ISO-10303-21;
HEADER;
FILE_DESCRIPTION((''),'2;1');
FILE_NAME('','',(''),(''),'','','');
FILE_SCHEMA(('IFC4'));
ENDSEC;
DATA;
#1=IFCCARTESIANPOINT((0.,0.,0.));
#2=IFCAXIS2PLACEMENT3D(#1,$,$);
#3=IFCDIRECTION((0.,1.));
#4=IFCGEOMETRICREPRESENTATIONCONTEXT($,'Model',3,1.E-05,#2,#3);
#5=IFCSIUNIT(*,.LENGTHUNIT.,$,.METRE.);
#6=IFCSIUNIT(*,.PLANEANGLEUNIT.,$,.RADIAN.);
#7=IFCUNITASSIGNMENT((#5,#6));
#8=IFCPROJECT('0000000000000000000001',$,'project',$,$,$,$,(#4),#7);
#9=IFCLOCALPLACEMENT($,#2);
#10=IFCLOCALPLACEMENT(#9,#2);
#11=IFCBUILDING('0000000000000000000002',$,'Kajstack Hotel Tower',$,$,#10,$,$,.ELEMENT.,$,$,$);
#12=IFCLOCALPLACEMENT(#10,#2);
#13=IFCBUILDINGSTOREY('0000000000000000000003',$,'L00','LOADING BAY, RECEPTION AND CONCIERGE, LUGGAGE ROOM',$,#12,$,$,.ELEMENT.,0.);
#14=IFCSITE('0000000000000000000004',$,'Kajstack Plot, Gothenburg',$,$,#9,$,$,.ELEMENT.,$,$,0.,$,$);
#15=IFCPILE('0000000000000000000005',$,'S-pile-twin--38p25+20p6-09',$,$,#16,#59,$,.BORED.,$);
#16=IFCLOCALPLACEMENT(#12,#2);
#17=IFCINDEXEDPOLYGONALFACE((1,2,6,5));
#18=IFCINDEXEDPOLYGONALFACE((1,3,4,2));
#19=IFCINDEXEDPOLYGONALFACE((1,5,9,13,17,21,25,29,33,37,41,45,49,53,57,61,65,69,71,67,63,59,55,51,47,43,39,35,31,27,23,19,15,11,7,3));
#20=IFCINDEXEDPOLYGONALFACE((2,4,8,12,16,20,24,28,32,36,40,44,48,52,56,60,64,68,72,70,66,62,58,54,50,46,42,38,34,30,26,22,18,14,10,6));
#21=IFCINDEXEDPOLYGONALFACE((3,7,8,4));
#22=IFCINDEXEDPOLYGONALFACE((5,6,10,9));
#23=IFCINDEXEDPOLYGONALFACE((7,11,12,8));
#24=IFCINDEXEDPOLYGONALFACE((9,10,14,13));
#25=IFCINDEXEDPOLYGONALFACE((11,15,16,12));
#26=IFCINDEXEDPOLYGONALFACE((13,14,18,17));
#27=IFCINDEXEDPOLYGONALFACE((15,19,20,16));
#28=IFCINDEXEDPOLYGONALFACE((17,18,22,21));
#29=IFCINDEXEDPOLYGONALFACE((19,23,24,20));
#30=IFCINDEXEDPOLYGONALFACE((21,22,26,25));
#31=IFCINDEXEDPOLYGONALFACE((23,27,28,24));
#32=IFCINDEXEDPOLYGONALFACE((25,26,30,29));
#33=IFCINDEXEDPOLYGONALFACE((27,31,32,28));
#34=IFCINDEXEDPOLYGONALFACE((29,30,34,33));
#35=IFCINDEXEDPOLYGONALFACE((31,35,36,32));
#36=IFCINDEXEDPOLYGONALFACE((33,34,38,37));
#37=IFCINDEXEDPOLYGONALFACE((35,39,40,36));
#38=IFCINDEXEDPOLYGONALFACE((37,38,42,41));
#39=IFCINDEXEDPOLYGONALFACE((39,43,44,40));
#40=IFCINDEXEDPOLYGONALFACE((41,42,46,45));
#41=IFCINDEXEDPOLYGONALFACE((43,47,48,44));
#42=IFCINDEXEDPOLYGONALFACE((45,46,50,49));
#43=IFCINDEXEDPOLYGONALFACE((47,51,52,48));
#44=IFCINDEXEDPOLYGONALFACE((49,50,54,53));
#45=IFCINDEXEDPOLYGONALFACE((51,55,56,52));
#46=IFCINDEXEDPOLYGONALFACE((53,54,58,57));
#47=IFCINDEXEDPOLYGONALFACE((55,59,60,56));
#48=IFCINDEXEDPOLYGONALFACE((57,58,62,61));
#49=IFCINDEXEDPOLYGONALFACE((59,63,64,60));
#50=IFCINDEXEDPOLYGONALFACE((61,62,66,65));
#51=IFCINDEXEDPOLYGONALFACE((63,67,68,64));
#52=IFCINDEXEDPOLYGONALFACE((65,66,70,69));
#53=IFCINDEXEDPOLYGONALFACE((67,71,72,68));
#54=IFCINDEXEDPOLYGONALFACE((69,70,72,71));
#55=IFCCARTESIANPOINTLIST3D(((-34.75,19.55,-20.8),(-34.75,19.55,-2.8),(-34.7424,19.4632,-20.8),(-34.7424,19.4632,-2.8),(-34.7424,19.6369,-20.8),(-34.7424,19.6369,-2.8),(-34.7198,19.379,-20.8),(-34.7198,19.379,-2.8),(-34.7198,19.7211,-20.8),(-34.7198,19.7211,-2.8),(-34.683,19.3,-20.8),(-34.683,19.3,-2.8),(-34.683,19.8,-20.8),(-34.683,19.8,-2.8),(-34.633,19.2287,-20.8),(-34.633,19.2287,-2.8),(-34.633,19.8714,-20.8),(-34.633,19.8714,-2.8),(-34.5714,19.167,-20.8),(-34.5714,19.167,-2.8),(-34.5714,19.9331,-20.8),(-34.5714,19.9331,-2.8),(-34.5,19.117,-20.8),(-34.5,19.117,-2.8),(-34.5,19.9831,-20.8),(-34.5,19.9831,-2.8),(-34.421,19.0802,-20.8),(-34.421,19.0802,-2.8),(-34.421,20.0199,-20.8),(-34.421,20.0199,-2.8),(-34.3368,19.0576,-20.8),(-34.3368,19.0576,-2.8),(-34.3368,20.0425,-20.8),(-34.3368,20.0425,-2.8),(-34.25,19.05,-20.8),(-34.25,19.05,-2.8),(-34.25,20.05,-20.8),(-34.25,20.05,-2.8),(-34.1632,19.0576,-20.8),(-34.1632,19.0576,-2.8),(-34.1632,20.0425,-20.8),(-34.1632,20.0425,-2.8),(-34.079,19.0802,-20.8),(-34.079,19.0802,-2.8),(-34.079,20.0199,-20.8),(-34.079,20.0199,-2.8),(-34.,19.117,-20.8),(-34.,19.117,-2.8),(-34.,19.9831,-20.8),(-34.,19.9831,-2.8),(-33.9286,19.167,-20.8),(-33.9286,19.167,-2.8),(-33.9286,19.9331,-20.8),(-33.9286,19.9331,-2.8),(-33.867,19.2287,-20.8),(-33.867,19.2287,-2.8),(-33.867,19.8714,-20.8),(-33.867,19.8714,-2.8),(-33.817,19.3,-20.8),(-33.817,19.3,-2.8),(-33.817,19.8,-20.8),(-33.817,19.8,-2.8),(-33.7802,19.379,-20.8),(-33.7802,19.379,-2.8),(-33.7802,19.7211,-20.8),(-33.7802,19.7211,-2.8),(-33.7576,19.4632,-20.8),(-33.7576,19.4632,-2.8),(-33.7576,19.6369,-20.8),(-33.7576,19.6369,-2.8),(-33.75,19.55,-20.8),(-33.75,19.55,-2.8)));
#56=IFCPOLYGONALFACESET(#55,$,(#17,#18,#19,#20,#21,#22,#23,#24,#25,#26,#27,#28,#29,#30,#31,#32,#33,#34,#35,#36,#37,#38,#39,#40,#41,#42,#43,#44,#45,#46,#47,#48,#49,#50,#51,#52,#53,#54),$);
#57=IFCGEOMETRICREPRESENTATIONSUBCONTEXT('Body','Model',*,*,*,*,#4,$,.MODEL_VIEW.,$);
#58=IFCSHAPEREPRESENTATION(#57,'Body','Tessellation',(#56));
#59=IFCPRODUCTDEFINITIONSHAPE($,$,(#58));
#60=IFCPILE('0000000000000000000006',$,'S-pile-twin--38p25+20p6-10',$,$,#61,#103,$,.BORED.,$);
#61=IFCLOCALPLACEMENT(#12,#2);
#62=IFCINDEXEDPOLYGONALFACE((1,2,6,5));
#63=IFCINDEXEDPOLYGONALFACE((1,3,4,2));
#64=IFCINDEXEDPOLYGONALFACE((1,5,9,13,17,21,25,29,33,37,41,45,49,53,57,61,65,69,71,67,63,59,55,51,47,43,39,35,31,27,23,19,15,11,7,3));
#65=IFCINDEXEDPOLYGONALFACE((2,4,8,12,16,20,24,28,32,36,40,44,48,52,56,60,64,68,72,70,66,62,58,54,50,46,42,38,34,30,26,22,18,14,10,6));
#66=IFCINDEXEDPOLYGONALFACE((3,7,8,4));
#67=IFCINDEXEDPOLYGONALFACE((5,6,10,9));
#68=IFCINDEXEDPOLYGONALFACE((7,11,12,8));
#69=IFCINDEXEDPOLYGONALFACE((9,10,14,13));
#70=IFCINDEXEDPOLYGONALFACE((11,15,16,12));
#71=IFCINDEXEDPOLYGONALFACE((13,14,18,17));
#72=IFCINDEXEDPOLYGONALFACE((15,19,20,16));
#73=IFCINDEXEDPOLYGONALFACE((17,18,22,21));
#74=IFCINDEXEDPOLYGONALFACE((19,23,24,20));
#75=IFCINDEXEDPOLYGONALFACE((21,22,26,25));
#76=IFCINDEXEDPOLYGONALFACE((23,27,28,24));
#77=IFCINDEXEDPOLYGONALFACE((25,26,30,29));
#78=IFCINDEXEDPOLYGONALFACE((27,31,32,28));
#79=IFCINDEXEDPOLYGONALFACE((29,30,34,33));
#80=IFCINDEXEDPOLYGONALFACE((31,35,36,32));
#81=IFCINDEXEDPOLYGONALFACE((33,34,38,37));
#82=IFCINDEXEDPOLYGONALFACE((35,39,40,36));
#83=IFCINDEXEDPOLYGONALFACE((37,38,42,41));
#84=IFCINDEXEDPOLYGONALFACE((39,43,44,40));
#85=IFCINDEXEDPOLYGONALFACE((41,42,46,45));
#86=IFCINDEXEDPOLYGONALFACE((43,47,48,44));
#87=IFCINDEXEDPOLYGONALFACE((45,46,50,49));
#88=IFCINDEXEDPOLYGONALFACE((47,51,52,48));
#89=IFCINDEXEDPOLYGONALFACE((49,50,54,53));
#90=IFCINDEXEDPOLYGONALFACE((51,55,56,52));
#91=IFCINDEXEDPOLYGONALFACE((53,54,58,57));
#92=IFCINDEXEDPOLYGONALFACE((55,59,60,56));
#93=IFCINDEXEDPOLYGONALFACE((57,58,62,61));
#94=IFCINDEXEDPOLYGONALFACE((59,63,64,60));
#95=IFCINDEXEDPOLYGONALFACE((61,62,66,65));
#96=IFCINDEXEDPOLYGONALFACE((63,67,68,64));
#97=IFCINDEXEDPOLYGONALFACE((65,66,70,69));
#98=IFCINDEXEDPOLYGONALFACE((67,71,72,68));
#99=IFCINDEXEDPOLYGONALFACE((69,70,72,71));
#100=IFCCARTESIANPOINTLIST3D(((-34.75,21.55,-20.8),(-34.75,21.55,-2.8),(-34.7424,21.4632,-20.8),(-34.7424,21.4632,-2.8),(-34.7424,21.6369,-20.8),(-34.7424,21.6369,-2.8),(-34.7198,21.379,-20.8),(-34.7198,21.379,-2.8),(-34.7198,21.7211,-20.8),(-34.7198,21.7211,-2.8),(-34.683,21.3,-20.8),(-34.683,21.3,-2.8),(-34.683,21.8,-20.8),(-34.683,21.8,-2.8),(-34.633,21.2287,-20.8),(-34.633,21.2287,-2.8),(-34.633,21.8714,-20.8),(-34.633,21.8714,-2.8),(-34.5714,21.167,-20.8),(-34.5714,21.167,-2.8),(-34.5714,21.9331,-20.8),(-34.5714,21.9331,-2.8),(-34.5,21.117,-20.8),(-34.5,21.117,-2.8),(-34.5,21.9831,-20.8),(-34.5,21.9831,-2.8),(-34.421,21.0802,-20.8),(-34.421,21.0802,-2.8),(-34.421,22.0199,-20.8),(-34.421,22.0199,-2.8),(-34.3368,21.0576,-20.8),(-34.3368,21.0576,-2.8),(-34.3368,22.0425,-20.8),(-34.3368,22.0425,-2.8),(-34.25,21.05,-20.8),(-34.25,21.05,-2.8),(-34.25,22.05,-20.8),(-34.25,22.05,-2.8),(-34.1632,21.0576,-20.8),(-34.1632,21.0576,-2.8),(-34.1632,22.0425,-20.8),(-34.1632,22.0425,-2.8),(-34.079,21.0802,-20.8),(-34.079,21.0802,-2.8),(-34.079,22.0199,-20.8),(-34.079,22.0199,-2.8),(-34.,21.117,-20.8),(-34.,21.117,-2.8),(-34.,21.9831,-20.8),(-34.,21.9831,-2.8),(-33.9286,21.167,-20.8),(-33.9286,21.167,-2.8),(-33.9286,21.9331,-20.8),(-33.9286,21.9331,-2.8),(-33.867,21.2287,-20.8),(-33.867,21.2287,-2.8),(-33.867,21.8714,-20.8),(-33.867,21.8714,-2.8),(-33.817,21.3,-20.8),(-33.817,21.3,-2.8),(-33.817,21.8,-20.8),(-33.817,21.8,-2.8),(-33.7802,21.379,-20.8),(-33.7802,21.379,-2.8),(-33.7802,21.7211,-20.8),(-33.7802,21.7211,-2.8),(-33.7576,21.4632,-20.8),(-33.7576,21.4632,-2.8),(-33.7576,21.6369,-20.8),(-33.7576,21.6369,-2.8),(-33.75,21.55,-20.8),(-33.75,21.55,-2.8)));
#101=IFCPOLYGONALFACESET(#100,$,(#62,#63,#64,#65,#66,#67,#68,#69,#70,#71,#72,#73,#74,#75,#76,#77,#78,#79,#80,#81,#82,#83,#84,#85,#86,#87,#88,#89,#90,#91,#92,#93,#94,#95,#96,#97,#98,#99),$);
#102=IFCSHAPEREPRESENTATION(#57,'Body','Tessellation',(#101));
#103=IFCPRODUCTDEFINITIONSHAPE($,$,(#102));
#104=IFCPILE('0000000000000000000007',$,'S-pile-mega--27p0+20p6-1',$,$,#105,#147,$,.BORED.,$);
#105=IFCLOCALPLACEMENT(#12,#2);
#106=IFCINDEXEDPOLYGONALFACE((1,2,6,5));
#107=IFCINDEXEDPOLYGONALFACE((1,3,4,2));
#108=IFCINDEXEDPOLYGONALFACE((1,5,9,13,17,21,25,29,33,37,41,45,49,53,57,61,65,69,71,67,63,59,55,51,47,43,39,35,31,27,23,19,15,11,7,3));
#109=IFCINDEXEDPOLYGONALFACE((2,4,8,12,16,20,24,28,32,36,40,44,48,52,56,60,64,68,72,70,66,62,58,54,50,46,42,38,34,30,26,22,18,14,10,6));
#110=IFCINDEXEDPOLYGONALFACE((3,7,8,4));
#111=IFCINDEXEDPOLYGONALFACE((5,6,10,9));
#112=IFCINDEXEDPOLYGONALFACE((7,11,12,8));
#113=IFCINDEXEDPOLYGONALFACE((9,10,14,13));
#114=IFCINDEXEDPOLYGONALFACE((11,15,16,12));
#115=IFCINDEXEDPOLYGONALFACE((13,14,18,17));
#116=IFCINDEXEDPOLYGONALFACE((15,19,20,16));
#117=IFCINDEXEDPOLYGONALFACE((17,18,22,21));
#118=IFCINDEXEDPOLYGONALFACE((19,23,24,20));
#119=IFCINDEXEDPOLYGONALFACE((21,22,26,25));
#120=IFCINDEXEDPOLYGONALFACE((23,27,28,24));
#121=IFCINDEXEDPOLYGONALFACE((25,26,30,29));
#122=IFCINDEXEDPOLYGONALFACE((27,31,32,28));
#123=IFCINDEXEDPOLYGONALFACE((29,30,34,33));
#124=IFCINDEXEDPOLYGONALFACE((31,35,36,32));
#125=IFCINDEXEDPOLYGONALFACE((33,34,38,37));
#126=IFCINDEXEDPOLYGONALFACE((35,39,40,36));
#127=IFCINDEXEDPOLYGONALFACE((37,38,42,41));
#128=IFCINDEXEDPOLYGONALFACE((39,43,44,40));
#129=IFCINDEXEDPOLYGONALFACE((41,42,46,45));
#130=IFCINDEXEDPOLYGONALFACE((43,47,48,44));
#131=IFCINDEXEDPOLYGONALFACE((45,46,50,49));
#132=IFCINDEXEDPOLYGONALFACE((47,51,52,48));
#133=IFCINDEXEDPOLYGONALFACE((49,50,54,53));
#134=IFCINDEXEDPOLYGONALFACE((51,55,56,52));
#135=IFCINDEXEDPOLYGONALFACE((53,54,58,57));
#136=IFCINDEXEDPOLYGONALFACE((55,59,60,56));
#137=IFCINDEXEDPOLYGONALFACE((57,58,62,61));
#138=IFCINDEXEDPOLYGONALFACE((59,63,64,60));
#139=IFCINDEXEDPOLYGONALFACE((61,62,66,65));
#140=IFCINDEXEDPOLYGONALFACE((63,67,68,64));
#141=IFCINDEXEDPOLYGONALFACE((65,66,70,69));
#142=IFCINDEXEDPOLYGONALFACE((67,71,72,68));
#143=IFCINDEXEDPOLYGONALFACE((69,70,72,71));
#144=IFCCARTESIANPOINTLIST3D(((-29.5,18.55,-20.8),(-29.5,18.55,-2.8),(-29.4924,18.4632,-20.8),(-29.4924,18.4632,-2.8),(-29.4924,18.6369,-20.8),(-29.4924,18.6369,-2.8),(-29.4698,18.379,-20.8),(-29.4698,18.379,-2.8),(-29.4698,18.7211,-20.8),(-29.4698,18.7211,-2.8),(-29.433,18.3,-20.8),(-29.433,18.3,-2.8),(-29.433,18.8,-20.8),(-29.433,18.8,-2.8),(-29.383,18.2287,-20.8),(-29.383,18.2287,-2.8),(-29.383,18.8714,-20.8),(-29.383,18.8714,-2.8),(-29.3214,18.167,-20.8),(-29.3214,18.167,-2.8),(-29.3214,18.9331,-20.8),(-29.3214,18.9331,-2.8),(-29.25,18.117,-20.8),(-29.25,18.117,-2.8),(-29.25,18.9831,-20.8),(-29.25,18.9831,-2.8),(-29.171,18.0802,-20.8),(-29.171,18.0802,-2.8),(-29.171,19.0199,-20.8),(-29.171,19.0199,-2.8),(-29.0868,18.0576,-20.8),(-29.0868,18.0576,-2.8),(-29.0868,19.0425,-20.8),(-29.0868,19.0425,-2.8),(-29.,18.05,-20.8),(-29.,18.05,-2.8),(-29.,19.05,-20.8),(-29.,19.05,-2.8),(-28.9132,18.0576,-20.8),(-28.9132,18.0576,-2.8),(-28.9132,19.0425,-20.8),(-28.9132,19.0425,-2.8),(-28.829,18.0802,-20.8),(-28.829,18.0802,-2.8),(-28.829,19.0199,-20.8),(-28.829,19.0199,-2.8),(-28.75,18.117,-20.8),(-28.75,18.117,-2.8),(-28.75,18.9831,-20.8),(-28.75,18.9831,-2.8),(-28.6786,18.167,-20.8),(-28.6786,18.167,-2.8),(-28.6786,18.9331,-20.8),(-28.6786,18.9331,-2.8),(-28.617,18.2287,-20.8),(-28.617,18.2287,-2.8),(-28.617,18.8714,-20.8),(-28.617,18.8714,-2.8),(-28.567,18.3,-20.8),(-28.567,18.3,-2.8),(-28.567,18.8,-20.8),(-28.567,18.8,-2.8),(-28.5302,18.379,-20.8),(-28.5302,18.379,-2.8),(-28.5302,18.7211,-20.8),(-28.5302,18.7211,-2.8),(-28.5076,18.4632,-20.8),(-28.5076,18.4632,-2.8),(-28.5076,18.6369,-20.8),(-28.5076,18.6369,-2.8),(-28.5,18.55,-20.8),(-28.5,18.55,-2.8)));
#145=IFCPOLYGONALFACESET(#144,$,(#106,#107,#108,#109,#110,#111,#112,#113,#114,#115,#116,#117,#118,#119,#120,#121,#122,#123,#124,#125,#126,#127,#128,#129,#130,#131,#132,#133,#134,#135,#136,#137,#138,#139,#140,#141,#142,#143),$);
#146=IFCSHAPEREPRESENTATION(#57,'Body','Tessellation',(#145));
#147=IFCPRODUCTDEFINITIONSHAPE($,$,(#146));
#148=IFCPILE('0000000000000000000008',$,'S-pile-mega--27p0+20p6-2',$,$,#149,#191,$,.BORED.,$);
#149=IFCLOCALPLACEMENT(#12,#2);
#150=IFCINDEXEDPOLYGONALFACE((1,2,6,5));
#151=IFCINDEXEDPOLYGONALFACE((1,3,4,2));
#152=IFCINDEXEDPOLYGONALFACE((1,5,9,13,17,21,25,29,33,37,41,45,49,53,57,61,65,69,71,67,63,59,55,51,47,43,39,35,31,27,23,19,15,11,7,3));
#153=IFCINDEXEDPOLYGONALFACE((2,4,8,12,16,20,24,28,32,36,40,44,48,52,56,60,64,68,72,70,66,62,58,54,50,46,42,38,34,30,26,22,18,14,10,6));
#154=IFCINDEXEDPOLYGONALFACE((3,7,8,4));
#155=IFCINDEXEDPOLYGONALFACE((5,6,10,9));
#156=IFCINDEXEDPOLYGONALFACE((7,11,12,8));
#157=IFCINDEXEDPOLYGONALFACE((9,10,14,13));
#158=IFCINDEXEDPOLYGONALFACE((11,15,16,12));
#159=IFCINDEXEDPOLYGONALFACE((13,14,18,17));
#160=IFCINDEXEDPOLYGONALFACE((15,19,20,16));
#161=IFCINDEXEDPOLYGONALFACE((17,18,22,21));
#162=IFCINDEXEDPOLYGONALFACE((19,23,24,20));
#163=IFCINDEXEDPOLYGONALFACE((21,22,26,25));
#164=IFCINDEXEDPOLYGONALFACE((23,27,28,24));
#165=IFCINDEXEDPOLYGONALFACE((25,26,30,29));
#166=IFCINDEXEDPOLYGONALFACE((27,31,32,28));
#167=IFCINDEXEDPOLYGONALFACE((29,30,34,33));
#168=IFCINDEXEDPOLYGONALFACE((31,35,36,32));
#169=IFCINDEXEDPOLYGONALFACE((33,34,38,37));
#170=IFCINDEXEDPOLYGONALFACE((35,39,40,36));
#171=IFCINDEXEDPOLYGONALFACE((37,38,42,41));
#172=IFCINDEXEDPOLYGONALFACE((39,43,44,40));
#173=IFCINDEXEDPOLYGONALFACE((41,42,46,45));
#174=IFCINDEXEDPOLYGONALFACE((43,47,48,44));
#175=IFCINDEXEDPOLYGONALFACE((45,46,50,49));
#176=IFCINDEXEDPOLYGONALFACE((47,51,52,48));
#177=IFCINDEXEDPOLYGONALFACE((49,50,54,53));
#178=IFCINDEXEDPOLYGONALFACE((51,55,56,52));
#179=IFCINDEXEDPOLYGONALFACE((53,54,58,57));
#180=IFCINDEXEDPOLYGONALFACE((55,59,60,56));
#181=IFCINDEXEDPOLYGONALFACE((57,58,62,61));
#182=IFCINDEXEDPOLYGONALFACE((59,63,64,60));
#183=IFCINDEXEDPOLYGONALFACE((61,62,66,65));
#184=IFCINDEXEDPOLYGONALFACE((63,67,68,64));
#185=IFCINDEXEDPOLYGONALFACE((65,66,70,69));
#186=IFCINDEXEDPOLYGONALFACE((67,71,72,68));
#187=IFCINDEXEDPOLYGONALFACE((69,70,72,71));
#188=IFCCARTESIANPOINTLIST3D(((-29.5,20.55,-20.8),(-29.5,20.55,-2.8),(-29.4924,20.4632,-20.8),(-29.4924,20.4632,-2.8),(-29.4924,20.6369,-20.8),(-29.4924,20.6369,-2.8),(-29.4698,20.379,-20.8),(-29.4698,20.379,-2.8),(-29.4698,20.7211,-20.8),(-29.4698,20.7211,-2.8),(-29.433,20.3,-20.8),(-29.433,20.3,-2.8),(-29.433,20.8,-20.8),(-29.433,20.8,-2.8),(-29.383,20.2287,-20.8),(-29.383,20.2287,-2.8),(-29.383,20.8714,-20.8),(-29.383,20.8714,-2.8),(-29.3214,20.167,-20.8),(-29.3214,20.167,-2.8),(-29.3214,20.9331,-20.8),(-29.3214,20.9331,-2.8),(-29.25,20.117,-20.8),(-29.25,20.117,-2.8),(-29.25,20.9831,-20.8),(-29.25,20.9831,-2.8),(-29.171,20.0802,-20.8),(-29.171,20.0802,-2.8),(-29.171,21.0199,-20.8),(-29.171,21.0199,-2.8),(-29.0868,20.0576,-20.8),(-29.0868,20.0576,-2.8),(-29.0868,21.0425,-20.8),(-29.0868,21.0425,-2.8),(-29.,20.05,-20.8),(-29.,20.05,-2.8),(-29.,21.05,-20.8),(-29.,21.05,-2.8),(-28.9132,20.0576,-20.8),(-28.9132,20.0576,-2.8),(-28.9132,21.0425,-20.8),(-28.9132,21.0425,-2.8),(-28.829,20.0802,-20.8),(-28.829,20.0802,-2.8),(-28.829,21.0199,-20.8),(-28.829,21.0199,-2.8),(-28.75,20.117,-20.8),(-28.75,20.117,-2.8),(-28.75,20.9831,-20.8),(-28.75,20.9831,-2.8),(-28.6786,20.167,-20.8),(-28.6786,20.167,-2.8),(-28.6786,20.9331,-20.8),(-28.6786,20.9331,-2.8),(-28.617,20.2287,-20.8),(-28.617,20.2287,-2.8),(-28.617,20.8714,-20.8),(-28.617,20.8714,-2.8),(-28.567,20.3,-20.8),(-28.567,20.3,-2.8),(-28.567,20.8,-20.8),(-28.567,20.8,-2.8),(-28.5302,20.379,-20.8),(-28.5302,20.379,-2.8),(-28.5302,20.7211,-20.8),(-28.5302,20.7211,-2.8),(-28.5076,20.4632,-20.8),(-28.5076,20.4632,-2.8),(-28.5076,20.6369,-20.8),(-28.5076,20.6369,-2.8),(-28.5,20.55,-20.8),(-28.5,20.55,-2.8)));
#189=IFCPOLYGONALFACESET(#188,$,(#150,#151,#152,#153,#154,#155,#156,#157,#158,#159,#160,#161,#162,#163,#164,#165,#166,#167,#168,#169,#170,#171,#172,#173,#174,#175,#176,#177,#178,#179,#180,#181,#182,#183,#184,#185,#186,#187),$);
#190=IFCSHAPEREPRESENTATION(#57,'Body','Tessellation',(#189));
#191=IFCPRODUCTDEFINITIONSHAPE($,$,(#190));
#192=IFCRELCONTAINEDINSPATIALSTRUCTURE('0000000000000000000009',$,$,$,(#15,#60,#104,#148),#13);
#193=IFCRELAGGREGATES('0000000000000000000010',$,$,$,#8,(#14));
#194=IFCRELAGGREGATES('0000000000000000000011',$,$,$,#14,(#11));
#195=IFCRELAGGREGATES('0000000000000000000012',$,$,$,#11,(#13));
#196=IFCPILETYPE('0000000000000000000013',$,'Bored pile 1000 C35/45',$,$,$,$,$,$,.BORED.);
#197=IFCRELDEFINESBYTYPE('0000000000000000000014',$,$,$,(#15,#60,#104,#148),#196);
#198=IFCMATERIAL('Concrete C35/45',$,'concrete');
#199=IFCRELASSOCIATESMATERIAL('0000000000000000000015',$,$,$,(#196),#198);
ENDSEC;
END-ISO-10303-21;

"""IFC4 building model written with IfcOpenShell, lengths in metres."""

from ifc_helpers import new_model, si_unit, direction, frame, origin, origin_2d, place, context, subcontext, project, spatial, circle, extrude, material, material_profile, profile_set, type_object, element, save


model = new_model("IFC4")

# Units and contexts
model_context = context("Model", 3, precision=1e-05, world=origin(), true_north=direction((0.0, 1.0)))
body_context = subcontext(model_context, "Body", "Model", "MODEL_VIEW")
ifc_project = project(units=[si_unit("LENGTHUNIT", "METRE"), si_unit("PLANEANGLEUNIT", "RADIAN")], contexts=[model_context])

# Site, building, storey
site_placement = place(None, origin())
site = spatial("IfcSite", under=ifc_project, at=site_placement, Name="Kajstack Plot, Gothenburg", CompositionType="ELEMENT", RefElevation=0.0)
building_placement = place(site_placement, origin())
building = spatial("IfcBuilding", under=site, at=building_placement, Name="Kajstack Hotel Tower", CompositionType="ELEMENT")
storey_placement = place(building_placement, origin())
storey = spatial("IfcBuildingStorey", under=building, at=storey_placement, Name="L00", Description="LOADING BAY, RECEPTION AND CONCIERGE, LUGGAGE ROOM", CompositionType="ELEMENT", Elevation=0.0)

# Piles
ifc_material_1 = material(Name="Concrete C35/45", Category="concrete")
ifc_material_profile_1 = material_profile(ifc_material_1, circle(Radius=0.5, at=origin_2d()), Name="RC round 1000")
ifc_profile_set_1 = profile_set([ifc_material_profile_1], Name="Concrete C35/45")
pile_type_1 = type_object("IfcPileType", Name="Bored pile 1000 C35/45", PredefinedType="BORED", material=ifc_profile_set_1)
for number, where, z_axis, x_axis, name in (
    (1, (-34.25, 19.55, -2.8), (0.0, 0.0, -1.0), (1.0, 0.0, 0.0), "S-pile-twin--38p25+20p6-09"),
    (2, (-34.25, 21.55, -2.8), (0.0, 0.0, -1.0), (1.0, 0.0, 0.0), "S-pile-twin--38p25+20p6-10"),
    (3, (-29.0, 18.55, -2.8), (0.0, 0.0, -1.0), (1.0, 0.0, 0.0), "S-pile-mega--27p0+20p6-1"),
    (4, (-29.0, 20.55, -2.8), (0.0, 0.0, -1.0), (1.0, 0.0, 0.0), "S-pile-mega--27p0+20p6-2"),
):
    element("IfcPile", number, at=place(storey_placement, frame(where, z_axis=z_axis, x_axis=x_axis)), inside=storey, type_object=pile_type_1, Name=name, PredefinedType="BORED", context=body_context, shape_type="SweptSolid", body=[
        extrude(circle(Radius=0.5, at=origin_2d()), origin(), (0.0, 0.0, 1.0), 18.0),
    ])

save(model, "model.ifc")
